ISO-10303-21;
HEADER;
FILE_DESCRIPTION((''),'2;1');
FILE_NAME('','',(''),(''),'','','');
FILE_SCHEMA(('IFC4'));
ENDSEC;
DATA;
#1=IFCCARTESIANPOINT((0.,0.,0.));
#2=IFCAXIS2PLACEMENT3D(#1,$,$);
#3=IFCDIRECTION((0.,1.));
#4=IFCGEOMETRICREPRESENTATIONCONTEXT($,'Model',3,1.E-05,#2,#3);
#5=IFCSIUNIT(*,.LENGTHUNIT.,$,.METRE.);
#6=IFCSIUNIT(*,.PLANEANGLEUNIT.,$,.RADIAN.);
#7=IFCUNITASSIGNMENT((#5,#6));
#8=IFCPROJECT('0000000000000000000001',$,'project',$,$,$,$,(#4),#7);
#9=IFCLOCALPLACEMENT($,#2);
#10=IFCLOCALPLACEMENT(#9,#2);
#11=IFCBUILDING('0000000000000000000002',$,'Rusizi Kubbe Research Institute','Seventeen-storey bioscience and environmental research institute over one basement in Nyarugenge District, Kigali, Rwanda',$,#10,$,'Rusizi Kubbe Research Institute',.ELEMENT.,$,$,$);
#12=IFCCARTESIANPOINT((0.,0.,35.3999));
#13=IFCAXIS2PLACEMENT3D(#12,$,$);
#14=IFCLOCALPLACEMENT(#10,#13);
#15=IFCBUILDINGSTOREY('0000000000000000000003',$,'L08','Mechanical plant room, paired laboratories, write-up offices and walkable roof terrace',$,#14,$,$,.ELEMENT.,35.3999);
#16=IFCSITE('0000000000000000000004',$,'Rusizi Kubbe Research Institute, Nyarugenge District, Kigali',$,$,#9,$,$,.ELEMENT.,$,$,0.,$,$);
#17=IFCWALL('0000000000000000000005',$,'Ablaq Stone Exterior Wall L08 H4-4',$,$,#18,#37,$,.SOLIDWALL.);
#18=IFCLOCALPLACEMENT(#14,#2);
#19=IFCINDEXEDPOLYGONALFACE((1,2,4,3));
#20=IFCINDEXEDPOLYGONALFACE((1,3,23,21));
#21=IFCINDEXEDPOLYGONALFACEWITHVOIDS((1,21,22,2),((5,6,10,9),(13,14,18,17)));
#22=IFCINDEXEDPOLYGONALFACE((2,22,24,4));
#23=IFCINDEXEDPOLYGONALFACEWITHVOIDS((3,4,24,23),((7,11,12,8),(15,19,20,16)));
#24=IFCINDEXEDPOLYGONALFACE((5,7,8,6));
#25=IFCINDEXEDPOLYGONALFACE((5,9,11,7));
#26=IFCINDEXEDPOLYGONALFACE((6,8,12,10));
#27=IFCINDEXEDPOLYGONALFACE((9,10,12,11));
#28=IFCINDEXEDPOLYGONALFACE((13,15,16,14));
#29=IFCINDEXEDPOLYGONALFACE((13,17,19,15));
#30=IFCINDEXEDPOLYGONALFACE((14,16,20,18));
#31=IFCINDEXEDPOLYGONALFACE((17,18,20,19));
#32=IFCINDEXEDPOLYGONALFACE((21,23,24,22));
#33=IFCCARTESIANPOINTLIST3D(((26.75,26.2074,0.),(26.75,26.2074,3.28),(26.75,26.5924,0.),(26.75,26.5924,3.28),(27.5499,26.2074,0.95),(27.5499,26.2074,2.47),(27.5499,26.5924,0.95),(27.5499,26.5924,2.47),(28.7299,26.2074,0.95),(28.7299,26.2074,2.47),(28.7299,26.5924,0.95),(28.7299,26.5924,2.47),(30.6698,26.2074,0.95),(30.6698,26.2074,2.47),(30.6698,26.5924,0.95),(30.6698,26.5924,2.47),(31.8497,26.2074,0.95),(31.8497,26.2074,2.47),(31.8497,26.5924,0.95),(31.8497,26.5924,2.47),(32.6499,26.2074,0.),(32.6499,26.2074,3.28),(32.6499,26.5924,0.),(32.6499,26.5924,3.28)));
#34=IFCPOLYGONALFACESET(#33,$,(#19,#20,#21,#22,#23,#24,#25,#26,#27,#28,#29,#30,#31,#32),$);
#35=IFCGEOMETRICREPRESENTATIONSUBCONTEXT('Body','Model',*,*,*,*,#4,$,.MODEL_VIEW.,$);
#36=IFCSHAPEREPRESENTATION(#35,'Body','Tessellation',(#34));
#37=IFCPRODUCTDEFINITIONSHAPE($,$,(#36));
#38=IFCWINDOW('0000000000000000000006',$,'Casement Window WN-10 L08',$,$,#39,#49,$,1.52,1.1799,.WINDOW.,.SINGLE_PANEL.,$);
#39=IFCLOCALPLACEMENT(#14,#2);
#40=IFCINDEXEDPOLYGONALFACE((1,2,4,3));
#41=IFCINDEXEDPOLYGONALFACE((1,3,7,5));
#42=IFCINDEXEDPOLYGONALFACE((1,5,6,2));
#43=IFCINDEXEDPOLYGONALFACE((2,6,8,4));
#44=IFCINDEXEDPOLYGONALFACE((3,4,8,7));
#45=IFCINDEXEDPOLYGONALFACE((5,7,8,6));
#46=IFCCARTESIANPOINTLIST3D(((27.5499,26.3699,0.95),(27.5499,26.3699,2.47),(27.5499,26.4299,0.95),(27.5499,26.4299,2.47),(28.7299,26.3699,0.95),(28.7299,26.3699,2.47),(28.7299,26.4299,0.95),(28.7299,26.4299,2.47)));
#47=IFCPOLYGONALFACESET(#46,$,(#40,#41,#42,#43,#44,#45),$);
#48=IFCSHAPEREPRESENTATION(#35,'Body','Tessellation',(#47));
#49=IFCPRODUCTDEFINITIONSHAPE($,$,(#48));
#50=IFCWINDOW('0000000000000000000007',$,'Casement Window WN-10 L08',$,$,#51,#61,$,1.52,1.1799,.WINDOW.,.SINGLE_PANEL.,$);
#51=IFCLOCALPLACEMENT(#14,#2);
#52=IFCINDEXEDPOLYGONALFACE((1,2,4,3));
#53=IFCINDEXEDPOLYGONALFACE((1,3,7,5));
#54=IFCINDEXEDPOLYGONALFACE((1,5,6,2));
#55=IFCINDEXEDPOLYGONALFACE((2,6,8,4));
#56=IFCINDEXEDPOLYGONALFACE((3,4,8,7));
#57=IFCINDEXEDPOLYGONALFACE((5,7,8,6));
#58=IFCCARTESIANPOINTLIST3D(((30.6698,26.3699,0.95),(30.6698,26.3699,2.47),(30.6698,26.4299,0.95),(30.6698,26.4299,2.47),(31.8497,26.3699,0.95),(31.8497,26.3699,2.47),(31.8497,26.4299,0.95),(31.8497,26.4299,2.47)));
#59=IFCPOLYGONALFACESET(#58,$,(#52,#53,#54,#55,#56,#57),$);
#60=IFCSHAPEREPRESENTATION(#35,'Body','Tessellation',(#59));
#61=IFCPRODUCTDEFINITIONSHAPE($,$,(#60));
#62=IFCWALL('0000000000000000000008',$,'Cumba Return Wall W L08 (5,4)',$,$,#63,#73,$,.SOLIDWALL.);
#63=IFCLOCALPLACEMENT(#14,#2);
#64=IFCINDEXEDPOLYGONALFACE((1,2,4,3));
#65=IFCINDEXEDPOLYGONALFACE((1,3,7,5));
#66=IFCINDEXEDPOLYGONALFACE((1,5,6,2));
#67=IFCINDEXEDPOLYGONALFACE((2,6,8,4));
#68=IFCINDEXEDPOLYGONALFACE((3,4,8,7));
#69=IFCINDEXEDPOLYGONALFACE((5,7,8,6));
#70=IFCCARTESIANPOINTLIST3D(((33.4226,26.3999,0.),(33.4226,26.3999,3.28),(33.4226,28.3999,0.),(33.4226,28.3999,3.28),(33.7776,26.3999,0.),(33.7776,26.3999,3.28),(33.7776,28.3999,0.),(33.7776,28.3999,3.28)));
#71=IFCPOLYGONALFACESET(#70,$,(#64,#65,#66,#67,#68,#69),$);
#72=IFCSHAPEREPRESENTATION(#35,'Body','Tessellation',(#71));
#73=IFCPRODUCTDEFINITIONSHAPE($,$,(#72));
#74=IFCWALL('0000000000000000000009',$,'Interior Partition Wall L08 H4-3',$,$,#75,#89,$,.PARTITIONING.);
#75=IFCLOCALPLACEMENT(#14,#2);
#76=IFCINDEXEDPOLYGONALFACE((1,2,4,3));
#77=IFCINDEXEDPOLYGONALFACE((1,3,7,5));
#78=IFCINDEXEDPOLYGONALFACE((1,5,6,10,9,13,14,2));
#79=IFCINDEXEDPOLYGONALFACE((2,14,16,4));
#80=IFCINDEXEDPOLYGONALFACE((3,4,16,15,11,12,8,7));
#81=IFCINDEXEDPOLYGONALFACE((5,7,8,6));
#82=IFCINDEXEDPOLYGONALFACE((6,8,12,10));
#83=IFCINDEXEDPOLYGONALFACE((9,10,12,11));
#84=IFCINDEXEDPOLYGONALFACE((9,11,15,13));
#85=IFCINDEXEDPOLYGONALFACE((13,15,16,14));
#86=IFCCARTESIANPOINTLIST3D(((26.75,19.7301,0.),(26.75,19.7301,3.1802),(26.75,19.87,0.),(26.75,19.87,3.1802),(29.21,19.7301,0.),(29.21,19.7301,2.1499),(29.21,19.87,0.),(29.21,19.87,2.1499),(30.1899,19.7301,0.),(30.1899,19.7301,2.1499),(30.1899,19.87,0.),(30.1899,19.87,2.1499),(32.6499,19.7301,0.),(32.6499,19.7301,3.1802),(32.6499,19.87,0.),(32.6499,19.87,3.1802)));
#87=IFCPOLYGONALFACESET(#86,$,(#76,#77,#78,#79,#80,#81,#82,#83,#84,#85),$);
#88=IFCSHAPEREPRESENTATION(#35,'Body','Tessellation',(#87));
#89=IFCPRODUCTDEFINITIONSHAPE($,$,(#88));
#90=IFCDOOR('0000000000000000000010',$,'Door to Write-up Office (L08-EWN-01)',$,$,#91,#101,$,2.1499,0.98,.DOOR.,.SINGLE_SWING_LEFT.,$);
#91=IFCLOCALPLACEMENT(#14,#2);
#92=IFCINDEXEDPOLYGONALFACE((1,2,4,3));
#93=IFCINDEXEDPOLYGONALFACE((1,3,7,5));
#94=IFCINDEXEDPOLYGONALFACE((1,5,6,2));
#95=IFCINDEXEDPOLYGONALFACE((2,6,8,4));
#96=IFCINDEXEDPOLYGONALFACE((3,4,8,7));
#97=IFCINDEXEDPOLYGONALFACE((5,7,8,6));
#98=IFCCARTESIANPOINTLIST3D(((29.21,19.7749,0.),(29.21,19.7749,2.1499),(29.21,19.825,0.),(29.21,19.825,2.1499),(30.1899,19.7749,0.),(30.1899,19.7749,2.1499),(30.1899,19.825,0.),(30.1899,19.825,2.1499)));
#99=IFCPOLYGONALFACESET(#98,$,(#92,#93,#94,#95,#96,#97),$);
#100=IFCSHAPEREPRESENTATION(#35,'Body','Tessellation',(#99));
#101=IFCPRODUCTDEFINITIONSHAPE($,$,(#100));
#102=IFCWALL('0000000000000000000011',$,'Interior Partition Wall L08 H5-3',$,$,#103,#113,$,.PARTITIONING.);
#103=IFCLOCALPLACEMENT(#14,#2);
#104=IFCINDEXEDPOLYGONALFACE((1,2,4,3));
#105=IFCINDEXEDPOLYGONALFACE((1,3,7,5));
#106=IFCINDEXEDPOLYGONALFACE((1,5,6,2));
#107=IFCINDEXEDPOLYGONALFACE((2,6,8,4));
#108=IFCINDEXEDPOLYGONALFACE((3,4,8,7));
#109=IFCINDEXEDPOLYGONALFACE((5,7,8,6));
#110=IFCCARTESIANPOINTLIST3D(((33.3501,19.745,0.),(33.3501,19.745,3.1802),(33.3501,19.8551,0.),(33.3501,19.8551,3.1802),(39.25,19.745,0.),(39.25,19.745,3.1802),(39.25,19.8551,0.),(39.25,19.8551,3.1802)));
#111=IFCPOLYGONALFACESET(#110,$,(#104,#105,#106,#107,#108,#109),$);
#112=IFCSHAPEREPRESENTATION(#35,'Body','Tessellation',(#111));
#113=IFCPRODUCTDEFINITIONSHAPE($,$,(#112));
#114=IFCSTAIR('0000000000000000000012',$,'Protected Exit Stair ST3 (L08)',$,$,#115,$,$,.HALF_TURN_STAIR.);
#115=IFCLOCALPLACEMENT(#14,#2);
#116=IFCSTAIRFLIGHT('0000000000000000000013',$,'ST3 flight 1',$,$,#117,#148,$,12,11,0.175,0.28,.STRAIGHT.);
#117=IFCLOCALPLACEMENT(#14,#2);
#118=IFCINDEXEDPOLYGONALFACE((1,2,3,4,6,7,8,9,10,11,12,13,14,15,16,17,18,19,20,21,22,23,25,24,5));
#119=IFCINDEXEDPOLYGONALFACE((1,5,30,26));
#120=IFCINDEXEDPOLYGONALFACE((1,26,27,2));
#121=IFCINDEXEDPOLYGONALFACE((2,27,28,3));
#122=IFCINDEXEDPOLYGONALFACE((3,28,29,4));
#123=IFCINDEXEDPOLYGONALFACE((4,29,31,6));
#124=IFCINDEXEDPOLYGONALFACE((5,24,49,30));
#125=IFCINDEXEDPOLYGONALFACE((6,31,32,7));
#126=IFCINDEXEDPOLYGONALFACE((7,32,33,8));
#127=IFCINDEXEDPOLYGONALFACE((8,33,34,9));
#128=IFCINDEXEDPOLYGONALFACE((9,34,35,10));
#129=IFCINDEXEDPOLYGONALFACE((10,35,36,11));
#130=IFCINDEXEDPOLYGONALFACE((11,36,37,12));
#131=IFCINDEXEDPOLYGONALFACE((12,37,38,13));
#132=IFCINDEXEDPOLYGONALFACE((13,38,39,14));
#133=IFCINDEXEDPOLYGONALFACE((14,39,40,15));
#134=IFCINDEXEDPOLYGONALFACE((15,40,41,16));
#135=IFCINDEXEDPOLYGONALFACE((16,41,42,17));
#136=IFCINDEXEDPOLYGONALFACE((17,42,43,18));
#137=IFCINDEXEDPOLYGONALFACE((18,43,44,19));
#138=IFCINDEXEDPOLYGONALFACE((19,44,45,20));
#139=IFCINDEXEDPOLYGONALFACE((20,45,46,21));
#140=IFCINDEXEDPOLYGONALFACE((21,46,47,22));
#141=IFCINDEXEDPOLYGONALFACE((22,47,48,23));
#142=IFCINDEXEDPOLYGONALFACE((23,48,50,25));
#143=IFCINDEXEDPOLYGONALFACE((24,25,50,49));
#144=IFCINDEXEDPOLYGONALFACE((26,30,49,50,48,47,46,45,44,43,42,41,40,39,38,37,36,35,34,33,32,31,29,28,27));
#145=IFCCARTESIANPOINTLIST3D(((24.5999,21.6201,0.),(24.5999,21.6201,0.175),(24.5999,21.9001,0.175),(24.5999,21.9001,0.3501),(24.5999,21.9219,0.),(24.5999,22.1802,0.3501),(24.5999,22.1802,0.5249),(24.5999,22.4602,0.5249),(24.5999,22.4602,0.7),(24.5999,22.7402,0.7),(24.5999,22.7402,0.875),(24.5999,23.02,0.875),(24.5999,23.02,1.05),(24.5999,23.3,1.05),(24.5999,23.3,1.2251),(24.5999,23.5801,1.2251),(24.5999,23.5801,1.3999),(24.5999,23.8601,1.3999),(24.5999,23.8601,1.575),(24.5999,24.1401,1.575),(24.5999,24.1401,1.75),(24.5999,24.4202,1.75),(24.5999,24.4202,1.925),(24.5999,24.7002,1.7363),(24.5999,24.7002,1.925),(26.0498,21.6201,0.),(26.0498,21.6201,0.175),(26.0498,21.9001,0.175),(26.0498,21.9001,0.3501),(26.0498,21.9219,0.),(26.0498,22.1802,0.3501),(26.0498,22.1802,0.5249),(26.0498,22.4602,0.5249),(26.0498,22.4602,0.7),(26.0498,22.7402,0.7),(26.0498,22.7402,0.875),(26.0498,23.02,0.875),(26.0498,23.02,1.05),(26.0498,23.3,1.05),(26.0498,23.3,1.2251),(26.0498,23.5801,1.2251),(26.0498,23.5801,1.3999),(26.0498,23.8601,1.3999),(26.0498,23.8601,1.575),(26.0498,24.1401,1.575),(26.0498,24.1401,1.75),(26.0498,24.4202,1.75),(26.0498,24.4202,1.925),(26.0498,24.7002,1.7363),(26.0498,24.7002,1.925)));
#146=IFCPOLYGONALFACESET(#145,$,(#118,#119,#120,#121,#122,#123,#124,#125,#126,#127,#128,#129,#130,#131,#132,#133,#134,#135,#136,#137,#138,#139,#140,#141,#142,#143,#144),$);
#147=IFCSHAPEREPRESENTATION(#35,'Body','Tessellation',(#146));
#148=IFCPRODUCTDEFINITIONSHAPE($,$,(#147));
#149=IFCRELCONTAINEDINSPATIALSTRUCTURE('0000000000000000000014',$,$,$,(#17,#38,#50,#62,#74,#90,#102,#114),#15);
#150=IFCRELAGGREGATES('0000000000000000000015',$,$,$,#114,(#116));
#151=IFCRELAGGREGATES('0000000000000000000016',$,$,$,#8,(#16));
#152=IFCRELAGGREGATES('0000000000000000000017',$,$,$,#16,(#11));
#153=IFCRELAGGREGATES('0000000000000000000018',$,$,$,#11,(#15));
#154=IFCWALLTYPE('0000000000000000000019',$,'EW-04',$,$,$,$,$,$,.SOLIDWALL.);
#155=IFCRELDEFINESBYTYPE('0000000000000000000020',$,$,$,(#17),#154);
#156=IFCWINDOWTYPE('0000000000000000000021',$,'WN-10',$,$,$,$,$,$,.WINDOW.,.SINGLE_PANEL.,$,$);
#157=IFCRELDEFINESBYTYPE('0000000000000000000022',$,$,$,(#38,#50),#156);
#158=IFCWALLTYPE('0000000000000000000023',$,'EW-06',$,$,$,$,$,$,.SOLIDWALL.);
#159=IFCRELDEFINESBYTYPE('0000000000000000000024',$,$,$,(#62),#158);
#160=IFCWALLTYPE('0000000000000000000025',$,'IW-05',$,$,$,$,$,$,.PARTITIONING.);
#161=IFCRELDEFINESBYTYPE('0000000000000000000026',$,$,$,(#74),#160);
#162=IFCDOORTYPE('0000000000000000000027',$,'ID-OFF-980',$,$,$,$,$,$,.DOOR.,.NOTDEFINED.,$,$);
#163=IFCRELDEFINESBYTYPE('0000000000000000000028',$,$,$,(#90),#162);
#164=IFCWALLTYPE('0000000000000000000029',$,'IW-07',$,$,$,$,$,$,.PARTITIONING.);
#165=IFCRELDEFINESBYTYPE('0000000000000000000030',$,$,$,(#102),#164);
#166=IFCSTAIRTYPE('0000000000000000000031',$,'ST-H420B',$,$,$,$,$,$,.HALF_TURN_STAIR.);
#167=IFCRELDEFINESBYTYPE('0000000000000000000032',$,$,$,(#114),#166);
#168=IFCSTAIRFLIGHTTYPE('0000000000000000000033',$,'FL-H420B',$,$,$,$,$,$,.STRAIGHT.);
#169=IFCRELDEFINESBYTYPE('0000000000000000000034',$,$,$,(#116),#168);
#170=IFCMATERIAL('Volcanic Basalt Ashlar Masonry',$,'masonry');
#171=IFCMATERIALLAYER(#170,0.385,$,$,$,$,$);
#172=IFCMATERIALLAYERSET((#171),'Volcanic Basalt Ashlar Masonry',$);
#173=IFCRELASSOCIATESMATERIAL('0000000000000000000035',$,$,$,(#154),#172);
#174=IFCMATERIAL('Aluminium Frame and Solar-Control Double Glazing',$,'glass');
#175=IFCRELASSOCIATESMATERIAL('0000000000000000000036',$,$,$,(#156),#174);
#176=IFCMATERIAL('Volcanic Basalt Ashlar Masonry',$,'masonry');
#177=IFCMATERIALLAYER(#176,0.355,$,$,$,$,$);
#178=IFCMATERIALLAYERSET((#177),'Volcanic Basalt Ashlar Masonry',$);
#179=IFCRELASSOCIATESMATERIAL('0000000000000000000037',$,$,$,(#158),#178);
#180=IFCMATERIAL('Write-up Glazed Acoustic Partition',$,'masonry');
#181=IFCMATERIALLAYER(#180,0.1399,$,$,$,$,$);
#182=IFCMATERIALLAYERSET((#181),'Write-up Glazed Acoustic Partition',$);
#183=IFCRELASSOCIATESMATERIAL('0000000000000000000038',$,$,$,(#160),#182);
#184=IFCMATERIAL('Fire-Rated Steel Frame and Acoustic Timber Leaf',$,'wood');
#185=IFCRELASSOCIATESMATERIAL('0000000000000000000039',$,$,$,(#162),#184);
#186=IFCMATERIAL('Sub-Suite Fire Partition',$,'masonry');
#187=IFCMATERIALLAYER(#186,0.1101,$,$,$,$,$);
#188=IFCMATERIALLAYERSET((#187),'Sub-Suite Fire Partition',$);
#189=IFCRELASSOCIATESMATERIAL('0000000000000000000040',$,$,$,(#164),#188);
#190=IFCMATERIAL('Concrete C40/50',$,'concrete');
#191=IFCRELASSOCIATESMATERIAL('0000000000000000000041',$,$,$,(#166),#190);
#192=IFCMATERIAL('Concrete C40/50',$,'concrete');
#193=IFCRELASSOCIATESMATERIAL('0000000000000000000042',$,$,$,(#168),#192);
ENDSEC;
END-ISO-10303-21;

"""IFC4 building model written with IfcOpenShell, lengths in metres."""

from ifc_helpers import new_model, si_unit, direction, frame, frame_2d, origin, place, context, subcontext, project, spatial, polyline, rectangle, outline, extrude, material, layer, layer_set, type_object, element, fill, aggregate, save


model = new_model("IFC4")

# Units and contexts
model_context = context("Model", 3, precision=1e-05, world=origin(), true_north=direction((0.0, 1.0)))
body_context = subcontext(model_context, "Body", "Model", "MODEL_VIEW")
ifc_project = project(units=[si_unit("LENGTHUNIT", "METRE"), si_unit("PLANEANGLEUNIT", "RADIAN")], contexts=[model_context])

# Site, building, storey
site_placement = place(None, origin())
site = spatial("IfcSite", under=ifc_project, at=site_placement, Name="Rusizi Kubbe Research Institute, Nyarugenge District, Kigali", CompositionType="ELEMENT", RefElevation=0.0)
building_placement = place(site_placement, origin())
building = spatial("IfcBuilding", under=site, at=building_placement, Name="Rusizi Kubbe Research Institute", Description="Seventeen-storey bioscience and environmental research institute over one basement in Nyarugenge District, Kigali, Rwanda", LongName="Rusizi Kubbe Research Institute", CompositionType="ELEMENT")
storey_placement = place(building_placement, frame((0.0, 0.0, 35.3999)))
storey = spatial("IfcBuildingStorey", under=building, at=storey_placement, Name="L08", Description="Mechanical plant room, paired laboratories, write-up offices and walkable roof terrace", CompositionType="ELEMENT", Elevation=35.3999)

# Wall, openings, windows
ifc_material_1 = material(Name="Volcanic Basalt Ashlar Masonry", Category="masonry")
ifc_layer_1 = layer(ifc_material_1, 0.385)
ifc_layer_set_1 = layer_set([ifc_layer_1], Name="Volcanic Basalt Ashlar Masonry")
wall_type_1 = type_object("IfcWallType", Name="EW-04", PredefinedType="SOLIDWALL", material=ifc_layer_set_1)
wall_1_placement = place(storey_placement, frame((26.75, 26.3999, 0.0), z_axis=(0.0, 0.0, 1.0), x_axis=(1.0, 0.0, 0.0)))
wall_1 = element("IfcWall", 1, at=wall_1_placement, inside=storey, type_object=wall_type_1, Name="Ablaq Stone Exterior Wall L08 H4-4", PredefinedType="SOLIDWALL", context=body_context, shape_type="SweptSolid", body=[
    extrude(rectangle(XDim=5.8999, YDim=0.385, at=frame_2d((2.95, 0.0))), origin(), (0.0, 0.0, 1.0), 3.28),
])
opening_1_placement = place(wall_1_placement, frame((0.8, 0.0, 0.95)))
opening_1 = element("IfcOpeningElement", 2, at=opening_1_placement, cuts=wall_1, PredefinedType="OPENING", context=body_context, shape_type="SweptSolid", body=[
    extrude(rectangle(XDim=1.1799, YDim=1.52, at=frame_2d((0.5898, 0.76))), frame((0.0, 0.2024, 0.0), z_axis=(0.0, -1.0, 0.0), x_axis=(1.0, 0.0, 0.0)), (0.0, 0.0, 1.0), 0.405),
])
opening_2_placement = place(wall_1_placement, frame((3.9199, 0.0, 0.95)))
opening_2 = element("IfcOpeningElement", 3, at=opening_2_placement, cuts=wall_1, PredefinedType="OPENING", context=body_context, shape_type="SweptSolid", body=[
    extrude(rectangle(XDim=1.1799, YDim=1.52, at=frame_2d((0.5898, 0.76))), frame((0.0, 0.2024, 0.0), z_axis=(0.0, -1.0, 0.0), x_axis=(1.0, 0.0, 0.0)), (0.0, 0.0, 1.0), 0.405),
])
ifc_material_2 = material(Name="Aluminium Frame and Solar-Control Double Glazing", Category="glass")
window_type_1 = type_object("IfcWindowType", Name="WN-10", PartitioningType="SINGLE_PANEL", PredefinedType="WINDOW", material=ifc_material_2)
window_1_placement = place(opening_1_placement, origin())
window_1 = element("IfcWindow", 4, at=window_1_placement, inside=storey, type_object=window_type_1, Name="Casement Window WN-10 L08", OverallHeight=1.52, OverallWidth=1.1799, PartitioningType="SINGLE_PANEL", PredefinedType="WINDOW", context=body_context, shape_type="SweptSolid", body=[
    extrude(rectangle(XDim=1.1799, YDim=1.52, at=frame_2d((0.5898, 0.76))), frame((0.0, 0.03, 0.0), z_axis=(0.0, -1.0, 0.0), x_axis=(1.0, 0.0, 0.0)), (0.0, 0.0, 1.0), 0.0601),
])
fill(opening_1, window_1)
window_2_placement = place(opening_2_placement, origin())
window_2 = element("IfcWindow", 5, at=window_2_placement, inside=storey, type_object=window_type_1, Name="Casement Window WN-10 L08", OverallHeight=1.52, OverallWidth=1.1799, PartitioningType="SINGLE_PANEL", PredefinedType="WINDOW", context=body_context, shape_type="SweptSolid", body=[
    extrude(rectangle(XDim=1.1799, YDim=1.52, at=frame_2d((0.5898, 0.76))), frame((0.0, 0.03, 0.0), z_axis=(0.0, -1.0, 0.0), x_axis=(1.0, 0.0, 0.0)), (0.0, 0.0, 1.0), 0.0601),
])
fill(opening_2, window_2)

# Wall
ifc_material_3 = material(Name="Volcanic Basalt Ashlar Masonry", Category="masonry")
ifc_layer_2 = layer(ifc_material_3, 0.355)
ifc_layer_set_2 = layer_set([ifc_layer_2], Name="Volcanic Basalt Ashlar Masonry")
wall_type_2 = type_object("IfcWallType", Name="EW-06", PredefinedType="SOLIDWALL", material=ifc_layer_set_2)
wall_2_placement = place(storey_placement, frame((33.6001, 26.3999, 0.0), z_axis=(0.0, 0.0, 1.0), x_axis=(0.0, 1.0, 0.0)))
element("IfcWall", 6, at=wall_2_placement, inside=storey, type_object=wall_type_2, Name="Cumba Return Wall W L08 (5,4)", PredefinedType="SOLIDWALL", context=body_context, shape_type="SweptSolid", body=[
    extrude(rectangle(XDim=2.0, YDim=0.355, at=frame_2d((1.0, 0.0))), origin(), (0.0, 0.0, 1.0), 3.28),
])

# Wall, opening, door
ifc_material_4 = material(Name="Write-up Glazed Acoustic Partition", Category="masonry")
ifc_layer_3 = layer(ifc_material_4, 0.1399)
ifc_layer_set_3 = layer_set([ifc_layer_3], Name="Write-up Glazed Acoustic Partition")
wall_type_3 = type_object("IfcWallType", Name="IW-05", PredefinedType="PARTITIONING", material=ifc_layer_set_3)
wall_3_placement = place(storey_placement, frame((26.75, 19.8, 0.0), z_axis=(0.0, 0.0, 1.0), x_axis=(1.0, 0.0, 0.0)))
wall_3 = element("IfcWall", 7, at=wall_3_placement, inside=storey, type_object=wall_type_3, Name="Interior Partition Wall L08 H4-3", PredefinedType="PARTITIONING", context=body_context, shape_type="SweptSolid", body=[
    extrude(rectangle(XDim=5.8999, YDim=0.1399, at=frame_2d((2.95, 0.0))), origin(), (0.0, 0.0, 1.0), 3.1802),
])
opening_3_placement = place(wall_3_placement, frame((2.46, 0.0, 0.0)))
opening_3 = element("IfcOpeningElement", 8, at=opening_3_placement, cuts=wall_3, PredefinedType="OPENING", context=body_context, shape_type="SweptSolid", body=[
    extrude(rectangle(XDim=0.98, YDim=2.1499, at=frame_2d((0.49, 1.075))), frame((0.0, 0.0798, 0.0), z_axis=(0.0, -1.0, 0.0), x_axis=(1.0, 0.0, 0.0)), (0.0, 0.0, 1.0), 0.1599),
])
ifc_material_5 = material(Name="Fire-Rated Steel Frame and Acoustic Timber Leaf", Category="wood")
door_type = type_object("IfcDoorType", Name="ID-OFF-980", OperationType="NOTDEFINED", PredefinedType="DOOR", material=ifc_material_5)
door_placement = place(opening_3_placement, origin())
door = element("IfcDoor", 9, at=door_placement, inside=storey, type_object=door_type, Name="Door to Write-up Office (L08-EWN-01)", OperationType="SINGLE_SWING_LEFT", OverallHeight=2.1499, OverallWidth=0.98, PredefinedType="DOOR", context=body_context, shape_type="SweptSolid", body=[
    extrude(rectangle(XDim=0.98, YDim=2.1499, at=frame_2d((0.49, 1.075))), frame((0.0, 0.0249, 0.0), z_axis=(0.0, -1.0, 0.0), x_axis=(1.0, 0.0, 0.0)), (0.0, 0.0, 1.0), 0.05),
])
fill(opening_3, door)

# Wall
ifc_material_6 = material(Name="Sub-Suite Fire Partition", Category="masonry")
ifc_layer_4 = layer(ifc_material_6, 0.1101)
ifc_layer_set_4 = layer_set([ifc_layer_4], Name="Sub-Suite Fire Partition")
wall_type_4 = type_object("IfcWallType", Name="IW-07", PredefinedType="PARTITIONING", material=ifc_layer_set_4)
wall_4_placement = place(storey_placement, frame((33.3501, 19.8, 0.0), z_axis=(0.0, 0.0, 1.0), x_axis=(1.0, 0.0, 0.0)))
element("IfcWall", 10, at=wall_4_placement, inside=storey, type_object=wall_type_4, Name="Interior Partition Wall L08 H5-3", PredefinedType="PARTITIONING", context=body_context, shape_type="SweptSolid", body=[
    extrude(rectangle(XDim=5.8999, YDim=0.1101, at=frame_2d((2.95, 0.0))), origin(), (0.0, 0.0, 1.0), 3.1802),
])

# Stair, stair flight
ifc_material_7 = material(Name="Concrete C40/50", Category="concrete")
stair_type = type_object("IfcStairType", Name="ST-H420B", PredefinedType="HALF_TURN_STAIR", material=ifc_material_7)
stair_placement = place(storey_placement, origin())
stair = element("IfcStair", 11, at=stair_placement, inside=storey, type_object=stair_type, Name="Protected Exit Stair ST3 (L08)", PredefinedType="HALF_TURN_STAIR")
ifc_material_8 = material(Name="Concrete C40/50", Category="concrete")
stair_flight_type = type_object("IfcStairFlightType", Name="FL-H420B", PredefinedType="STRAIGHT", material=ifc_material_8)
stair_flight_1_placement = place(storey_placement, frame((25.325, 21.6201, 0.0), z_axis=(0.0, 0.0, 1.0), x_axis=(0.0, 1.0, 0.0)))
stair_flight_1 = element("IfcStairFlight", 12, at=stair_flight_1_placement, type_object=stair_flight_type, Name="ST3 flight 1", NumberOfRisers=12, NumberOfTreads=11, PredefinedType="STRAIGHT", RiserHeight=0.175, TreadLength=0.28, context=body_context, shape_type="SweptSolid", body=[
    extrude(outline(polyline([(0.0, 0.0), (0.0, 0.175), (0.28, 0.175), (0.28, 0.3501), (0.5601, 0.3501), (0.5601, 0.5249), (0.8401, 0.5249), (0.8401, 0.7), (1.1201, 0.7), (1.1201, 0.875), (1.3999, 0.875), (1.3999, 1.05), (1.6799, 1.05), (1.6799, 1.2251), (1.96, 1.2251), (1.96, 1.3999), (2.24, 1.3999), (2.24, 1.575), (2.52, 1.575), (2.52, 1.75), (2.8, 1.75), (2.8, 1.925), (3.0801, 1.925), (3.0801, 2.1001), (3.0801, 1.7363), (0.3018, 0.0), (0.0, 0.0)])), frame((0.0, 0.7251, 0.0), z_axis=(0.0, -1.0, 0.0), x_axis=(1.0, 0.0, 0.0)), (0.0, 0.0, 1.0), 1.45),
])
aggregate(stair, [stair_flight_1])

save(model, "model.ifc")
